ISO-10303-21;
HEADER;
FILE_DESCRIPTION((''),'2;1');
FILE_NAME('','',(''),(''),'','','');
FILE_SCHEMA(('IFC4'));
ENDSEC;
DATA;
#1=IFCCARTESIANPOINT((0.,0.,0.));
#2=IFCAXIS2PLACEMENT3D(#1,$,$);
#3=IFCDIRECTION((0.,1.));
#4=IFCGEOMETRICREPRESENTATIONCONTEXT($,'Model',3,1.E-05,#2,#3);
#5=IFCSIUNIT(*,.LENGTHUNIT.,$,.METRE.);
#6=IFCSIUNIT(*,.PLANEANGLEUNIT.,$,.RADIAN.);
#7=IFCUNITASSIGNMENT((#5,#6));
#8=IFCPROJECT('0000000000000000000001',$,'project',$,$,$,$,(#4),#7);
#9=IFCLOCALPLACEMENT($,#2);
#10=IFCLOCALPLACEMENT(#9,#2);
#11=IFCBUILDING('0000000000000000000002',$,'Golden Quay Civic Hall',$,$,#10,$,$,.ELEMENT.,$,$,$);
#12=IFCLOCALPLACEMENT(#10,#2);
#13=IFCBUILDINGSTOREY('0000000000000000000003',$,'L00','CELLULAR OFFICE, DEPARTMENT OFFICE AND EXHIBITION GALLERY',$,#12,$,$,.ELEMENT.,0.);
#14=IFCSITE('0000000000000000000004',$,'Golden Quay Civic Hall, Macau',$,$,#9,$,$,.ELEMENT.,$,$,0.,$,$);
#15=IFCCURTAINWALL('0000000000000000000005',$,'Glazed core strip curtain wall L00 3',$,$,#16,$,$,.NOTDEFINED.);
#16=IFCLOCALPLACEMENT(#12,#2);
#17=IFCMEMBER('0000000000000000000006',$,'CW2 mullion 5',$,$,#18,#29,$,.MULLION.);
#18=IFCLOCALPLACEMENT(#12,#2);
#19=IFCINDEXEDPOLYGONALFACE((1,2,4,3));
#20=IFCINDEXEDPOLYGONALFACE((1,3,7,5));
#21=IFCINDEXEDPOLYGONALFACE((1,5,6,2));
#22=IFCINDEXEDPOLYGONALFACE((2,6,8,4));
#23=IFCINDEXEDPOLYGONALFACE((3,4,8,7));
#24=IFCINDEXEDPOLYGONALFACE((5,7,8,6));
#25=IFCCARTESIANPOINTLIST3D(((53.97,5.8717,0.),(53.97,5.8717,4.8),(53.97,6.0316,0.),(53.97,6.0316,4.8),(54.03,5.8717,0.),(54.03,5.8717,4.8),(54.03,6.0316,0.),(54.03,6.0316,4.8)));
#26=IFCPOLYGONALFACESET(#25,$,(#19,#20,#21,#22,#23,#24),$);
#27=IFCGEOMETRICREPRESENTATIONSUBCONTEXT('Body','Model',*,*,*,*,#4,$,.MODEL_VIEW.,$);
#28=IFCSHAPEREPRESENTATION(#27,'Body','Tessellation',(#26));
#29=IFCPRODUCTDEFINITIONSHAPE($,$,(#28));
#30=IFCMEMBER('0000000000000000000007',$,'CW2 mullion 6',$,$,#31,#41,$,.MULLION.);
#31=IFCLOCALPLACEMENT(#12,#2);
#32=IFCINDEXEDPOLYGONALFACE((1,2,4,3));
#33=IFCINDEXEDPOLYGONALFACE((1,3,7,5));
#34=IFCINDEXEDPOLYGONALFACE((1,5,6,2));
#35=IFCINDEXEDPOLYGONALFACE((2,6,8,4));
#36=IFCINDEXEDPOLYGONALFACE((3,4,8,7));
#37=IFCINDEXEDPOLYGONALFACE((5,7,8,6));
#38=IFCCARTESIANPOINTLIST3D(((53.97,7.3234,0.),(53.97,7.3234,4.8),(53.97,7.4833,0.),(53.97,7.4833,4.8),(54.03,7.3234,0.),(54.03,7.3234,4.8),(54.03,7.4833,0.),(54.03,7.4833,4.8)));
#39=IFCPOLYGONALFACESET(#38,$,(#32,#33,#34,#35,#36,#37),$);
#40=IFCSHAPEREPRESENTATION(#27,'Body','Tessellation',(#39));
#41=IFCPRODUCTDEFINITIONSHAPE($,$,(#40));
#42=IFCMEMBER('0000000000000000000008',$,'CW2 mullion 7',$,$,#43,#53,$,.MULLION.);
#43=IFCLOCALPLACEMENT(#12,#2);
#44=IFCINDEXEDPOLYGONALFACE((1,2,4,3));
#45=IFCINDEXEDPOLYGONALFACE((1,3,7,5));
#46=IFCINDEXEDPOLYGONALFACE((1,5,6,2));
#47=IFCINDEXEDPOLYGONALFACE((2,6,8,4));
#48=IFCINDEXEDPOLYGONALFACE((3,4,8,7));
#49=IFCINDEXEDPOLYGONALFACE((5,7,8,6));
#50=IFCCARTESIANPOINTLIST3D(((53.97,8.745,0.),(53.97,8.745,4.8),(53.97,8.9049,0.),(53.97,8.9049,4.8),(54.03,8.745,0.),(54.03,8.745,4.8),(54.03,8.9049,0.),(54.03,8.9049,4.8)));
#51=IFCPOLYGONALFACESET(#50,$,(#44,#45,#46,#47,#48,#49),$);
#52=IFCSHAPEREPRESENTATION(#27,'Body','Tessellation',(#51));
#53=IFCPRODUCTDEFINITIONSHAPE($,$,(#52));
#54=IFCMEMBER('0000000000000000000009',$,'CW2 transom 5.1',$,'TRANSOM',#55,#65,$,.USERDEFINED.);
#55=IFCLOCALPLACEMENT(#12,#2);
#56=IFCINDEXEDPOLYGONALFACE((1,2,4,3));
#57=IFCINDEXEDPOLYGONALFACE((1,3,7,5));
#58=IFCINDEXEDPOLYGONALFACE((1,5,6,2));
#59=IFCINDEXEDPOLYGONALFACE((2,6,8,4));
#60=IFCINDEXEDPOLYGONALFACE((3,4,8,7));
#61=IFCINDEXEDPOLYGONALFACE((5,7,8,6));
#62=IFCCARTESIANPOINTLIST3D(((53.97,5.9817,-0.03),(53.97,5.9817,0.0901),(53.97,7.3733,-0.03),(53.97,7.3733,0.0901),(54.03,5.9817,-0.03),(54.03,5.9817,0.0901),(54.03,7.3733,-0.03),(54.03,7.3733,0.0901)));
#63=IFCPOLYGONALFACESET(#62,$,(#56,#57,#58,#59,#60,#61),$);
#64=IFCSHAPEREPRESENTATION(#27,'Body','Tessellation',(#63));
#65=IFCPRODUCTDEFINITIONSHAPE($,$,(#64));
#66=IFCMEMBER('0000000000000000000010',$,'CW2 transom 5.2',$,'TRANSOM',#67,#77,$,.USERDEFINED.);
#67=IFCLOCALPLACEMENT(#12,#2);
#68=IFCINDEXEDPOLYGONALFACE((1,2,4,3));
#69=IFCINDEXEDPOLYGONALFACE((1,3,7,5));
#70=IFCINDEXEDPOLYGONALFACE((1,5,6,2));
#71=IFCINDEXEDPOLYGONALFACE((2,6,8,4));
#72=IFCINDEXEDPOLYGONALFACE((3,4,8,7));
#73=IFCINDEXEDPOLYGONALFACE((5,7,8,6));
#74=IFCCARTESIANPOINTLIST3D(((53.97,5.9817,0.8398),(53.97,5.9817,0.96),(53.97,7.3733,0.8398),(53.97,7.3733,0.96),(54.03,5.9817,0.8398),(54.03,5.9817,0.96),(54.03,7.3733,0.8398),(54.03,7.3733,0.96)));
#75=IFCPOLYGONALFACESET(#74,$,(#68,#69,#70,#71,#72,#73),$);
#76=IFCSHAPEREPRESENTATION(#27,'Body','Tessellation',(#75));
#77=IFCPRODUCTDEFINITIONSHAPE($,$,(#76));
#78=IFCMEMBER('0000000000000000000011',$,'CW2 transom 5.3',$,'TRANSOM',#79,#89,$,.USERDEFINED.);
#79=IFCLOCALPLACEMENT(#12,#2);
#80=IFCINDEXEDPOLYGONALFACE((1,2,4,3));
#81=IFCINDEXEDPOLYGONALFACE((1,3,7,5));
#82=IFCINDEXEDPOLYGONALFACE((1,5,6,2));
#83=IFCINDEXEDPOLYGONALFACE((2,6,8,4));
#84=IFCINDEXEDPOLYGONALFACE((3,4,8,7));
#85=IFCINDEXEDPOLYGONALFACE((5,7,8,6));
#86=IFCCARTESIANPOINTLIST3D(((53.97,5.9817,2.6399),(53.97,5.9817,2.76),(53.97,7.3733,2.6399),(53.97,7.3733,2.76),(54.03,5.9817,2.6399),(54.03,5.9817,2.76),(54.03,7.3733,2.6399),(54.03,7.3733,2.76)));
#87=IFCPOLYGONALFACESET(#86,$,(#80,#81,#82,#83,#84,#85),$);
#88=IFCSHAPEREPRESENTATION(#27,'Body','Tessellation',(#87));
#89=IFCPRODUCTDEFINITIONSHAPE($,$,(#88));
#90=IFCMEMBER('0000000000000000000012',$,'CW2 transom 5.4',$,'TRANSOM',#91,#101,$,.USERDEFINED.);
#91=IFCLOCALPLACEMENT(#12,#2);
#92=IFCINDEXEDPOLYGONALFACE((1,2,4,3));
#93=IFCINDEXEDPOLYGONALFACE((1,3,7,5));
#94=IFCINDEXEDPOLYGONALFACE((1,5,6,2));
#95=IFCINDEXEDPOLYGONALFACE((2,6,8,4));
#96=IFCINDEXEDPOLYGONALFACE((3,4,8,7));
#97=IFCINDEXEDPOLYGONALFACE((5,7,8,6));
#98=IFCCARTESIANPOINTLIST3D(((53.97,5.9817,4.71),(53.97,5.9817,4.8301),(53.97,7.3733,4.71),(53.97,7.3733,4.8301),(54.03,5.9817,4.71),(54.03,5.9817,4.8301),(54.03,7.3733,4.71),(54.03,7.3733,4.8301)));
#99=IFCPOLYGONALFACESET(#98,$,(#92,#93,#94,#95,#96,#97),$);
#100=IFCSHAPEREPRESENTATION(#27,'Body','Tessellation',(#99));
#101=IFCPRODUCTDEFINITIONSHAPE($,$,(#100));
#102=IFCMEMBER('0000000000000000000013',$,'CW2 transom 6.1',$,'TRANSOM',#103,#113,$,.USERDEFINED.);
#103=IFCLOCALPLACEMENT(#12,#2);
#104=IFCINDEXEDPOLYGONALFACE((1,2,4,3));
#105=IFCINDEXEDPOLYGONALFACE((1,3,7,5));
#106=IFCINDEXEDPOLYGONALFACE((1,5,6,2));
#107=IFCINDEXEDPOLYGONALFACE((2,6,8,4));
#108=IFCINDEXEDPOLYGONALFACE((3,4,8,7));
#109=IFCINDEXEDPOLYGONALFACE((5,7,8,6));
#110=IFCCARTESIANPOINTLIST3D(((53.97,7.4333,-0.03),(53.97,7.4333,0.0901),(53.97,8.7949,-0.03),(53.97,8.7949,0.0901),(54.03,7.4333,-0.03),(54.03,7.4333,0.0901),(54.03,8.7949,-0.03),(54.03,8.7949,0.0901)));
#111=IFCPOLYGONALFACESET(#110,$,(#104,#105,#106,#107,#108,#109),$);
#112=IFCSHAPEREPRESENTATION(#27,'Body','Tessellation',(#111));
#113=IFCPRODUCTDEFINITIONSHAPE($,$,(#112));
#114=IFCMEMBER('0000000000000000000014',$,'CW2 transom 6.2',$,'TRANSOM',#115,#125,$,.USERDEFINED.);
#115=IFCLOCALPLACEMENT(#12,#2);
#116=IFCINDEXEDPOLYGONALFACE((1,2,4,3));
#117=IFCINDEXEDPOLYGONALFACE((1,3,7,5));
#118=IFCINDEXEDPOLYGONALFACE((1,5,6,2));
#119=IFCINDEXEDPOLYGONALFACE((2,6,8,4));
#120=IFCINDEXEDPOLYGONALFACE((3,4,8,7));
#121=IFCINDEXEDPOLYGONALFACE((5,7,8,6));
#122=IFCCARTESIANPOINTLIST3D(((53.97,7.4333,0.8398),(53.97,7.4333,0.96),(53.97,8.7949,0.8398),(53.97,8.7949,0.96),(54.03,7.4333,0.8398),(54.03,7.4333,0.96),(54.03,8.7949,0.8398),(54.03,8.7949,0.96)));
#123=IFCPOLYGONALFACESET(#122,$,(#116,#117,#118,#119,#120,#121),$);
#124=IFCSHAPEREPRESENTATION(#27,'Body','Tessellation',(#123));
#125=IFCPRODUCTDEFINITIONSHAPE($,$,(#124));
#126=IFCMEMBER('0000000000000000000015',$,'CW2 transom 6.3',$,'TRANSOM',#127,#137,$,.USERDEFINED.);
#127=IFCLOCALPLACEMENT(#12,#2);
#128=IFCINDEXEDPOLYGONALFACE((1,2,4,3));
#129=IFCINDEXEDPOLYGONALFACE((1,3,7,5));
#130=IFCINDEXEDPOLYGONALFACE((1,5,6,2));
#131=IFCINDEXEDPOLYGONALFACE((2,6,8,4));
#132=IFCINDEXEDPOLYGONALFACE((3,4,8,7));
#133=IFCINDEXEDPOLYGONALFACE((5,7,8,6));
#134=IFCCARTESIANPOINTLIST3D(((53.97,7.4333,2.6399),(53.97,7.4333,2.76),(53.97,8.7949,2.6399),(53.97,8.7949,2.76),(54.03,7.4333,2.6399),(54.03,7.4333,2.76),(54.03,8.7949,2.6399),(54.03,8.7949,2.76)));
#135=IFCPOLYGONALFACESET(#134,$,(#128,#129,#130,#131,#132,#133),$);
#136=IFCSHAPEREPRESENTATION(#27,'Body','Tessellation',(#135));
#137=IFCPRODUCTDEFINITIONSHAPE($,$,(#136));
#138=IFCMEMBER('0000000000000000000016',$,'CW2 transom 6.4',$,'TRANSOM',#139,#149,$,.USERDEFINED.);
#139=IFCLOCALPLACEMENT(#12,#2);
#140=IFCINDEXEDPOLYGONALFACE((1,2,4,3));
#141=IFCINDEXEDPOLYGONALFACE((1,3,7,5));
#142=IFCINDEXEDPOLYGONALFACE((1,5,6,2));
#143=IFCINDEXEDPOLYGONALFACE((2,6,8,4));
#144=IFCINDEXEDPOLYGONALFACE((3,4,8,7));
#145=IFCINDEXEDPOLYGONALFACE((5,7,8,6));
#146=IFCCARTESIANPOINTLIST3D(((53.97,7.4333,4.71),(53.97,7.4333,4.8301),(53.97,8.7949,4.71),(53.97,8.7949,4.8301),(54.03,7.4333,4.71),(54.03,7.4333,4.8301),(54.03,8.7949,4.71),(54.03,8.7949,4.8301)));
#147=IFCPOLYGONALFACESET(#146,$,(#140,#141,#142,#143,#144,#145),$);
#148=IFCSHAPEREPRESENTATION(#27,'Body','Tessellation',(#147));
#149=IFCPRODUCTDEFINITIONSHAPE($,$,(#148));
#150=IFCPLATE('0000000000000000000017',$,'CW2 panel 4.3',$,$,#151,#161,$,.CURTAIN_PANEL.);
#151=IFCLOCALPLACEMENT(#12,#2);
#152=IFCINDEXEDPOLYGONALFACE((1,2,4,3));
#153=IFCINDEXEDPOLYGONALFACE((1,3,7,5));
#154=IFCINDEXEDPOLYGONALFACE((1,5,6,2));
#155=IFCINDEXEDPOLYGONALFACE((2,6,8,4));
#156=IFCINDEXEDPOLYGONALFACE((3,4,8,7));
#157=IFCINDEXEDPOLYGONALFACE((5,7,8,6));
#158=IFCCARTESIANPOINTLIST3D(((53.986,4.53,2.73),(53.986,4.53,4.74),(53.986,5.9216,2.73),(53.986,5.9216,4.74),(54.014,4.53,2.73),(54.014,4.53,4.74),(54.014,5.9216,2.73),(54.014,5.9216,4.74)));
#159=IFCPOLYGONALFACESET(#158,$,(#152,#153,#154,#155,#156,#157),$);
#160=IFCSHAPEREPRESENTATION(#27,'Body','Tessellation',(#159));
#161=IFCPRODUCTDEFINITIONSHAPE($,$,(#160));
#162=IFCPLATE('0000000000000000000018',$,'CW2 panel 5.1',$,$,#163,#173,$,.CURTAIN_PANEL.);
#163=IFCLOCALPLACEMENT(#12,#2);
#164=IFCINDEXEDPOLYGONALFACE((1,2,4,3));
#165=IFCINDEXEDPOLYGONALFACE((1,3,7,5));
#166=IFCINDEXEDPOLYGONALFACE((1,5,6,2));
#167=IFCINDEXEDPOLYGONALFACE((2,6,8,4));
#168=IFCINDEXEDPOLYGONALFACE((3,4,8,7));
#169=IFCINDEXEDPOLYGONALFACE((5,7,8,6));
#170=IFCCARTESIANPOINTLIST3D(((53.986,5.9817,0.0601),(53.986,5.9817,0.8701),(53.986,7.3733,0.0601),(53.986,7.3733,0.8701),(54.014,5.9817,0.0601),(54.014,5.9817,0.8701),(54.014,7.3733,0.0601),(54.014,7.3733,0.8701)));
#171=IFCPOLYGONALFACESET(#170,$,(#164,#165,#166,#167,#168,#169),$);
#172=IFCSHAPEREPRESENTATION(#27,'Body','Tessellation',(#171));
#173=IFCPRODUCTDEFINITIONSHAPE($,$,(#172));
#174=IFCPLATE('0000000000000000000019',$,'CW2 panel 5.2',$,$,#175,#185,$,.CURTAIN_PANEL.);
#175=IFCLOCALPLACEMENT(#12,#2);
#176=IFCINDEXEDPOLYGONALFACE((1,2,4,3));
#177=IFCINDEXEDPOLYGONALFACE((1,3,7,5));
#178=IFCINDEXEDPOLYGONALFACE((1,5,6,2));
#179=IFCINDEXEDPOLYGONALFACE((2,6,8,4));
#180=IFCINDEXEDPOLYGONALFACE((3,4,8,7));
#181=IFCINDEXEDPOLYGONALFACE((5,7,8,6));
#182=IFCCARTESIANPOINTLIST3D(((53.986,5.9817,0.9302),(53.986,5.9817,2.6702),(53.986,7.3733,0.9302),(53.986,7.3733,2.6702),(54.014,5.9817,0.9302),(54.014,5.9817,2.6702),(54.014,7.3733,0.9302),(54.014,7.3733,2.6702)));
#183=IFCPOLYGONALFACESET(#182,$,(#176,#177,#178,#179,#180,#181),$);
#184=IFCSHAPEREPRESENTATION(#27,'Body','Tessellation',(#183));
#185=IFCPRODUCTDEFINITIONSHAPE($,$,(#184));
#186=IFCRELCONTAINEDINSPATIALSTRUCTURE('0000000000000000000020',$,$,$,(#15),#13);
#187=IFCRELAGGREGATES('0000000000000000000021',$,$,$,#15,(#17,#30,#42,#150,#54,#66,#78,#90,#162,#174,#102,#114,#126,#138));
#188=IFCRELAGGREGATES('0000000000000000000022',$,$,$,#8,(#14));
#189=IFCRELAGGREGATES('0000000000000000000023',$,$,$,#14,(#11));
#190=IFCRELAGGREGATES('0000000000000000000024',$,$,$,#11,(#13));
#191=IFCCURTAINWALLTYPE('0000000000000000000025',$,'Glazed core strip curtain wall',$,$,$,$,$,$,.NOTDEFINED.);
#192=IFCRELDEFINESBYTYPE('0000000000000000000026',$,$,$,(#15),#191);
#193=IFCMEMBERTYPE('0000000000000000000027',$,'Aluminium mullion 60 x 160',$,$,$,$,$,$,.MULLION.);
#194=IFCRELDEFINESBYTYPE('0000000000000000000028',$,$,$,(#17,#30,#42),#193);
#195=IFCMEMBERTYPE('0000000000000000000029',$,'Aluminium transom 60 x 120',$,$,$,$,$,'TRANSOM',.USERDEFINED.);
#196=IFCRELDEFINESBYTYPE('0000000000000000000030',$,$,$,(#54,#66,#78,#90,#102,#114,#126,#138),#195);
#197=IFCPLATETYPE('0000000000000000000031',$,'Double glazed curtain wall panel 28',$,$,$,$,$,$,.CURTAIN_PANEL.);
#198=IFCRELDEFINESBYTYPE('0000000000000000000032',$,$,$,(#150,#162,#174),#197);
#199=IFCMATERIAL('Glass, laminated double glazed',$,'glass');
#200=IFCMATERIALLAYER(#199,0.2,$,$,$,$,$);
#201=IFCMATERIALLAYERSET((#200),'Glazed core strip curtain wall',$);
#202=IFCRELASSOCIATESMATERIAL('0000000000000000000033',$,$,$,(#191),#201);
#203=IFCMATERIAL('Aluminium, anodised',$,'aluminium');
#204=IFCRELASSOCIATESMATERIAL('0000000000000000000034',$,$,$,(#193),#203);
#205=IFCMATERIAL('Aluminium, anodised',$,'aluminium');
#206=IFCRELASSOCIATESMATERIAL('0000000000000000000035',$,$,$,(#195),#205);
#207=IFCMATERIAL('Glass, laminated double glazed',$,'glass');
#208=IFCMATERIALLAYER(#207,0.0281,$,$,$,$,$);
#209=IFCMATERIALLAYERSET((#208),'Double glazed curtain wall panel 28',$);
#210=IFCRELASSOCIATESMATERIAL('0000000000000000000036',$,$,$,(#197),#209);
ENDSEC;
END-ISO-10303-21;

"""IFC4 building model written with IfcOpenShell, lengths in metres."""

from ifc_helpers import new_model, si_unit, direction, frame, origin, origin_2d, place, context, subcontext, project, spatial, rectangle, extrude, material, layer, layer_set, material_profile, profile_set, type_object, element, aggregate, save


model = new_model("IFC4")

# Units and contexts
model_context = context("Model", 3, precision=1e-05, world=origin(), true_north=direction((0.0, 1.0)))
body_context = subcontext(model_context, "Body", "Model", "MODEL_VIEW")
ifc_project = project(units=[si_unit("LENGTHUNIT", "METRE"), si_unit("PLANEANGLEUNIT", "RADIAN")], contexts=[model_context])

# Site, building, storey
site_placement = place(None, origin())
site = spatial("IfcSite", under=ifc_project, at=site_placement, Name="Golden Quay Civic Hall, Macau", CompositionType="ELEMENT", RefElevation=0.0)
building_placement = place(site_placement, origin())
building = spatial("IfcBuilding", under=site, at=building_placement, Name="Golden Quay Civic Hall", CompositionType="ELEMENT")
storey_placement = place(building_placement, origin())
storey = spatial("IfcBuildingStorey", under=building, at=storey_placement, Name="L00", Description="CELLULAR OFFICE, DEPARTMENT OFFICE AND EXHIBITION GALLERY", CompositionType="ELEMENT", Elevation=0.0)

# Curtain wall, members, plates
ifc_material_1 = material(Name="Glass, laminated double glazed", Category="glass")
ifc_layer_1 = layer(ifc_material_1, 0.2)
ifc_layer_set_1 = layer_set([ifc_layer_1], Name="Glazed core strip curtain wall")
curtain_wall_type = type_object("IfcCurtainWallType", Name="Glazed core strip curtain wall", PredefinedType="NOTDEFINED", material=ifc_layer_set_1)
curtain_wall_placement = place(storey_placement, origin())
curtain_wall = element("IfcCurtainWall", 1, at=curtain_wall_placement, inside=storey, type_object=curtain_wall_type, Name="Glazed core strip curtain wall L00 3", PredefinedType="NOTDEFINED")
ifc_material_2 = material(Name="Aluminium, anodised", Category="aluminium")
ifc_material_profile_1 = material_profile(ifc_material_2, rectangle(XDim=0.0601, YDim=0.1599, at=origin_2d()), Name="Aluminium 60 x 160")
ifc_profile_set_1 = profile_set([ifc_material_profile_1], Name="Aluminium, anodised")
member_type_1 = type_object("IfcMemberType", Name="Aluminium mullion 60 x 160", PredefinedType="MULLION", material=ifc_profile_set_1)
member_1_placement = place(storey_placement, frame((54.0, 5.9517, 0.0), z_axis=(0.0, 0.0, 1.0), x_axis=(-1.0, 0.0, 0.0)))
member_1 = element("IfcMember", 2, at=member_1_placement, type_object=member_type_1, Name="CW2 mullion 5", PredefinedType="MULLION", context=body_context, shape_type="SweptSolid", body=[
    extrude(rectangle(XDim=0.0601, YDim=0.1599, at=origin_2d()), origin(), (0.0, 0.0, 1.0), 4.8),
])
member_2_placement = place(storey_placement, frame((54.0, 7.4033, 0.0), z_axis=(0.0, 0.0, 1.0), x_axis=(-1.0, 0.0, 0.0)))
member_2 = element("IfcMember", 3, at=member_2_placement, type_object=member_type_1, Name="CW2 mullion 6", PredefinedType="MULLION", context=body_context, shape_type="SweptSolid", body=[
    extrude(rectangle(XDim=0.0601, YDim=0.1599, at=origin_2d()), origin(), (0.0, 0.0, 1.0), 4.8),
])
member_3_placement = place(storey_placement, frame((54.0, 8.825, 0.0), z_axis=(0.0, 0.0, 1.0), x_axis=(-1.0, 0.0, 0.0)))
member_3 = element("IfcMember", 4, at=member_3_placement, type_object=member_type_1, Name="CW2 mullion 7", PredefinedType="MULLION", context=body_context, shape_type="SweptSolid", body=[
    extrude(rectangle(XDim=0.0601, YDim=0.1599, at=origin_2d()), origin(), (0.0, 0.0, 1.0), 4.8),
])
ifc_material_3 = material(Name="Aluminium, anodised", Category="aluminium")
ifc_material_profile_2 = material_profile(ifc_material_3, rectangle(XDim=0.0601, YDim=0.1201, at=origin_2d()), Name="Aluminium 60 x 120")
ifc_profile_set_2 = profile_set([ifc_material_profile_2], Name="Aluminium, anodised")
member_type_2 = type_object("IfcMemberType", Name="Aluminium transom 60 x 120", ElementType="TRANSOM", PredefinedType="USERDEFINED", material=ifc_profile_set_2)
member_4_placement = place(storey_placement, frame((54.0, 5.9817, 0.03), z_axis=(0.0, 1.0, 0.0), x_axis=(-1.0, 0.0, 0.0)))
member_4 = element("IfcMember", 5, at=member_4_placement, type_object=member_type_2, Name="CW2 transom 5.1", ObjectType="TRANSOM", PredefinedType="USERDEFINED", context=body_context, shape_type="SweptSolid", body=[
    extrude(rectangle(XDim=0.0601, YDim=0.1201, at=origin_2d()), origin(), (0.0, 0.0, 1.0), 1.3916),
])
member_5_placement = place(storey_placement, frame((54.0, 5.9817, 0.8999), z_axis=(0.0, 1.0, 0.0), x_axis=(-1.0, 0.0, 0.0)))
member_5 = element("IfcMember", 6, at=member_5_placement, type_object=member_type_2, Name="CW2 transom 5.2", ObjectType="TRANSOM", PredefinedType="USERDEFINED", context=body_context, shape_type="SweptSolid", body=[
    extrude(rectangle(XDim=0.0601, YDim=0.1201, at=origin_2d()), origin(), (0.0, 0.0, 1.0), 1.3916),
])
member_6_placement = place(storey_placement, frame((54.0, 5.9817, 2.7), z_axis=(0.0, 1.0, 0.0), x_axis=(-1.0, 0.0, 0.0)))
member_6 = element("IfcMember", 7, at=member_6_placement, type_object=member_type_2, Name="CW2 transom 5.3", ObjectType="TRANSOM", PredefinedType="USERDEFINED", context=body_context, shape_type="SweptSolid", body=[
    extrude(rectangle(XDim=0.0601, YDim=0.1201, at=origin_2d()), origin(), (0.0, 0.0, 1.0), 1.3916),
])
member_7_placement = place(storey_placement, frame((54.0, 5.9817, 4.77), z_axis=(0.0, 1.0, 0.0), x_axis=(-1.0, 0.0, 0.0)))
member_7 = element("IfcMember", 8, at=member_7_placement, type_object=member_type_2, Name="CW2 transom 5.4", ObjectType="TRANSOM", PredefinedType="USERDEFINED", context=body_context, shape_type="SweptSolid", body=[
    extrude(rectangle(XDim=0.0601, YDim=0.1201, at=origin_2d()), origin(), (0.0, 0.0, 1.0), 1.3916),
])
member_8_placement = place(storey_placement, frame((54.0, 7.4333, 0.03), z_axis=(0.0, 1.0, 0.0), x_axis=(-1.0, 0.0, 0.0)))
member_8 = element("IfcMember", 9, at=member_8_placement, type_object=member_type_2, Name="CW2 transom 6.1", ObjectType="TRANSOM", PredefinedType="USERDEFINED", context=body_context, shape_type="SweptSolid", body=[
    extrude(rectangle(XDim=0.0601, YDim=0.1201, at=origin_2d()), origin(), (0.0, 0.0, 1.0), 1.3616),
])
member_9_placement = place(storey_placement, frame((54.0, 7.4333, 0.8999), z_axis=(0.0, 1.0, 0.0), x_axis=(-1.0, 0.0, 0.0)))
member_9 = element("IfcMember", 10, at=member_9_placement, type_object=member_type_2, Name="CW2 transom 6.2", ObjectType="TRANSOM", PredefinedType="USERDEFINED", context=body_context, shape_type="SweptSolid", body=[
    extrude(rectangle(XDim=0.0601, YDim=0.1201, at=origin_2d()), origin(), (0.0, 0.0, 1.0), 1.3616),
])
member_10_placement = place(storey_placement, frame((54.0, 7.4333, 2.7), z_axis=(0.0, 1.0, 0.0), x_axis=(-1.0, 0.0, 0.0)))
member_10 = element("IfcMember", 11, at=member_10_placement, type_object=member_type_2, Name="CW2 transom 6.3", ObjectType="TRANSOM", PredefinedType="USERDEFINED", context=body_context, shape_type="SweptSolid", body=[
    extrude(rectangle(XDim=0.0601, YDim=0.1201, at=origin_2d()), origin(), (0.0, 0.0, 1.0), 1.3616),
])
member_11_placement = place(storey_placement, frame((54.0, 7.4333, 4.77), z_axis=(0.0, 1.0, 0.0), x_axis=(-1.0, 0.0, 0.0)))
member_11 = element("IfcMember", 12, at=member_11_placement, type_object=member_type_2, Name="CW2 transom 6.4", ObjectType="TRANSOM", PredefinedType="USERDEFINED", context=body_context, shape_type="SweptSolid", body=[
    extrude(rectangle(XDim=0.0601, YDim=0.1201, at=origin_2d()), origin(), (0.0, 0.0, 1.0), 1.3616),
])
ifc_material_4 = material(Name="Glass, laminated double glazed", Category="glass")
ifc_layer_2 = layer(ifc_material_4, 0.0281)
ifc_layer_set_2 = layer_set([ifc_layer_2], Name="Double glazed curtain wall panel 28")
plate_type = type_object("IfcPlateType", Name="Double glazed curtain wall panel 28", PredefinedType="CURTAIN_PANEL", material=ifc_layer_set_2)
plate_1_placement = place(storey_placement, frame((54.0, 5.2258, 2.73), z_axis=(0.0, 0.0, 1.0), x_axis=(0.0, 1.0, 0.0)))
plate_1 = element("IfcPlate", 13, at=plate_1_placement, type_object=plate_type, Name="CW2 panel 4.3", PredefinedType="CURTAIN_PANEL", context=body_context, shape_type="SweptSolid", body=[
    extrude(rectangle(XDim=1.3916, YDim=0.0281, at=origin_2d()), origin(), (0.0, 0.0, 1.0), 2.01),
])
plate_2_placement = place(storey_placement, frame((54.0, 6.6775, 0.0601), z_axis=(0.0, 0.0, 1.0), x_axis=(0.0, 1.0, 0.0)))
plate_2 = element("IfcPlate", 14, at=plate_2_placement, type_object=plate_type, Name="CW2 panel 5.1", PredefinedType="CURTAIN_PANEL", context=body_context, shape_type="SweptSolid", body=[
    extrude(rectangle(XDim=1.3916, YDim=0.0281, at=origin_2d()), origin(), (0.0, 0.0, 1.0), 0.8101),
])
plate_3_placement = place(storey_placement, frame((54.0, 6.6775, 0.9302), z_axis=(0.0, 0.0, 1.0), x_axis=(0.0, 1.0, 0.0)))
plate_3 = element("IfcPlate", 15, at=plate_3_placement, type_object=plate_type, Name="CW2 panel 5.2", PredefinedType="CURTAIN_PANEL", context=body_context, shape_type="SweptSolid", body=[
    extrude(rectangle(XDim=1.3916, YDim=0.0281, at=origin_2d()), origin(), (0.0, 0.0, 1.0), 1.74),
])
aggregate(curtain_wall, [member_1, member_2, member_3, plate_1, member_4, member_5, member_6, member_7, plate_2, plate_3, member_8, member_9, member_10, member_11])

save(model, "model.ifc")
